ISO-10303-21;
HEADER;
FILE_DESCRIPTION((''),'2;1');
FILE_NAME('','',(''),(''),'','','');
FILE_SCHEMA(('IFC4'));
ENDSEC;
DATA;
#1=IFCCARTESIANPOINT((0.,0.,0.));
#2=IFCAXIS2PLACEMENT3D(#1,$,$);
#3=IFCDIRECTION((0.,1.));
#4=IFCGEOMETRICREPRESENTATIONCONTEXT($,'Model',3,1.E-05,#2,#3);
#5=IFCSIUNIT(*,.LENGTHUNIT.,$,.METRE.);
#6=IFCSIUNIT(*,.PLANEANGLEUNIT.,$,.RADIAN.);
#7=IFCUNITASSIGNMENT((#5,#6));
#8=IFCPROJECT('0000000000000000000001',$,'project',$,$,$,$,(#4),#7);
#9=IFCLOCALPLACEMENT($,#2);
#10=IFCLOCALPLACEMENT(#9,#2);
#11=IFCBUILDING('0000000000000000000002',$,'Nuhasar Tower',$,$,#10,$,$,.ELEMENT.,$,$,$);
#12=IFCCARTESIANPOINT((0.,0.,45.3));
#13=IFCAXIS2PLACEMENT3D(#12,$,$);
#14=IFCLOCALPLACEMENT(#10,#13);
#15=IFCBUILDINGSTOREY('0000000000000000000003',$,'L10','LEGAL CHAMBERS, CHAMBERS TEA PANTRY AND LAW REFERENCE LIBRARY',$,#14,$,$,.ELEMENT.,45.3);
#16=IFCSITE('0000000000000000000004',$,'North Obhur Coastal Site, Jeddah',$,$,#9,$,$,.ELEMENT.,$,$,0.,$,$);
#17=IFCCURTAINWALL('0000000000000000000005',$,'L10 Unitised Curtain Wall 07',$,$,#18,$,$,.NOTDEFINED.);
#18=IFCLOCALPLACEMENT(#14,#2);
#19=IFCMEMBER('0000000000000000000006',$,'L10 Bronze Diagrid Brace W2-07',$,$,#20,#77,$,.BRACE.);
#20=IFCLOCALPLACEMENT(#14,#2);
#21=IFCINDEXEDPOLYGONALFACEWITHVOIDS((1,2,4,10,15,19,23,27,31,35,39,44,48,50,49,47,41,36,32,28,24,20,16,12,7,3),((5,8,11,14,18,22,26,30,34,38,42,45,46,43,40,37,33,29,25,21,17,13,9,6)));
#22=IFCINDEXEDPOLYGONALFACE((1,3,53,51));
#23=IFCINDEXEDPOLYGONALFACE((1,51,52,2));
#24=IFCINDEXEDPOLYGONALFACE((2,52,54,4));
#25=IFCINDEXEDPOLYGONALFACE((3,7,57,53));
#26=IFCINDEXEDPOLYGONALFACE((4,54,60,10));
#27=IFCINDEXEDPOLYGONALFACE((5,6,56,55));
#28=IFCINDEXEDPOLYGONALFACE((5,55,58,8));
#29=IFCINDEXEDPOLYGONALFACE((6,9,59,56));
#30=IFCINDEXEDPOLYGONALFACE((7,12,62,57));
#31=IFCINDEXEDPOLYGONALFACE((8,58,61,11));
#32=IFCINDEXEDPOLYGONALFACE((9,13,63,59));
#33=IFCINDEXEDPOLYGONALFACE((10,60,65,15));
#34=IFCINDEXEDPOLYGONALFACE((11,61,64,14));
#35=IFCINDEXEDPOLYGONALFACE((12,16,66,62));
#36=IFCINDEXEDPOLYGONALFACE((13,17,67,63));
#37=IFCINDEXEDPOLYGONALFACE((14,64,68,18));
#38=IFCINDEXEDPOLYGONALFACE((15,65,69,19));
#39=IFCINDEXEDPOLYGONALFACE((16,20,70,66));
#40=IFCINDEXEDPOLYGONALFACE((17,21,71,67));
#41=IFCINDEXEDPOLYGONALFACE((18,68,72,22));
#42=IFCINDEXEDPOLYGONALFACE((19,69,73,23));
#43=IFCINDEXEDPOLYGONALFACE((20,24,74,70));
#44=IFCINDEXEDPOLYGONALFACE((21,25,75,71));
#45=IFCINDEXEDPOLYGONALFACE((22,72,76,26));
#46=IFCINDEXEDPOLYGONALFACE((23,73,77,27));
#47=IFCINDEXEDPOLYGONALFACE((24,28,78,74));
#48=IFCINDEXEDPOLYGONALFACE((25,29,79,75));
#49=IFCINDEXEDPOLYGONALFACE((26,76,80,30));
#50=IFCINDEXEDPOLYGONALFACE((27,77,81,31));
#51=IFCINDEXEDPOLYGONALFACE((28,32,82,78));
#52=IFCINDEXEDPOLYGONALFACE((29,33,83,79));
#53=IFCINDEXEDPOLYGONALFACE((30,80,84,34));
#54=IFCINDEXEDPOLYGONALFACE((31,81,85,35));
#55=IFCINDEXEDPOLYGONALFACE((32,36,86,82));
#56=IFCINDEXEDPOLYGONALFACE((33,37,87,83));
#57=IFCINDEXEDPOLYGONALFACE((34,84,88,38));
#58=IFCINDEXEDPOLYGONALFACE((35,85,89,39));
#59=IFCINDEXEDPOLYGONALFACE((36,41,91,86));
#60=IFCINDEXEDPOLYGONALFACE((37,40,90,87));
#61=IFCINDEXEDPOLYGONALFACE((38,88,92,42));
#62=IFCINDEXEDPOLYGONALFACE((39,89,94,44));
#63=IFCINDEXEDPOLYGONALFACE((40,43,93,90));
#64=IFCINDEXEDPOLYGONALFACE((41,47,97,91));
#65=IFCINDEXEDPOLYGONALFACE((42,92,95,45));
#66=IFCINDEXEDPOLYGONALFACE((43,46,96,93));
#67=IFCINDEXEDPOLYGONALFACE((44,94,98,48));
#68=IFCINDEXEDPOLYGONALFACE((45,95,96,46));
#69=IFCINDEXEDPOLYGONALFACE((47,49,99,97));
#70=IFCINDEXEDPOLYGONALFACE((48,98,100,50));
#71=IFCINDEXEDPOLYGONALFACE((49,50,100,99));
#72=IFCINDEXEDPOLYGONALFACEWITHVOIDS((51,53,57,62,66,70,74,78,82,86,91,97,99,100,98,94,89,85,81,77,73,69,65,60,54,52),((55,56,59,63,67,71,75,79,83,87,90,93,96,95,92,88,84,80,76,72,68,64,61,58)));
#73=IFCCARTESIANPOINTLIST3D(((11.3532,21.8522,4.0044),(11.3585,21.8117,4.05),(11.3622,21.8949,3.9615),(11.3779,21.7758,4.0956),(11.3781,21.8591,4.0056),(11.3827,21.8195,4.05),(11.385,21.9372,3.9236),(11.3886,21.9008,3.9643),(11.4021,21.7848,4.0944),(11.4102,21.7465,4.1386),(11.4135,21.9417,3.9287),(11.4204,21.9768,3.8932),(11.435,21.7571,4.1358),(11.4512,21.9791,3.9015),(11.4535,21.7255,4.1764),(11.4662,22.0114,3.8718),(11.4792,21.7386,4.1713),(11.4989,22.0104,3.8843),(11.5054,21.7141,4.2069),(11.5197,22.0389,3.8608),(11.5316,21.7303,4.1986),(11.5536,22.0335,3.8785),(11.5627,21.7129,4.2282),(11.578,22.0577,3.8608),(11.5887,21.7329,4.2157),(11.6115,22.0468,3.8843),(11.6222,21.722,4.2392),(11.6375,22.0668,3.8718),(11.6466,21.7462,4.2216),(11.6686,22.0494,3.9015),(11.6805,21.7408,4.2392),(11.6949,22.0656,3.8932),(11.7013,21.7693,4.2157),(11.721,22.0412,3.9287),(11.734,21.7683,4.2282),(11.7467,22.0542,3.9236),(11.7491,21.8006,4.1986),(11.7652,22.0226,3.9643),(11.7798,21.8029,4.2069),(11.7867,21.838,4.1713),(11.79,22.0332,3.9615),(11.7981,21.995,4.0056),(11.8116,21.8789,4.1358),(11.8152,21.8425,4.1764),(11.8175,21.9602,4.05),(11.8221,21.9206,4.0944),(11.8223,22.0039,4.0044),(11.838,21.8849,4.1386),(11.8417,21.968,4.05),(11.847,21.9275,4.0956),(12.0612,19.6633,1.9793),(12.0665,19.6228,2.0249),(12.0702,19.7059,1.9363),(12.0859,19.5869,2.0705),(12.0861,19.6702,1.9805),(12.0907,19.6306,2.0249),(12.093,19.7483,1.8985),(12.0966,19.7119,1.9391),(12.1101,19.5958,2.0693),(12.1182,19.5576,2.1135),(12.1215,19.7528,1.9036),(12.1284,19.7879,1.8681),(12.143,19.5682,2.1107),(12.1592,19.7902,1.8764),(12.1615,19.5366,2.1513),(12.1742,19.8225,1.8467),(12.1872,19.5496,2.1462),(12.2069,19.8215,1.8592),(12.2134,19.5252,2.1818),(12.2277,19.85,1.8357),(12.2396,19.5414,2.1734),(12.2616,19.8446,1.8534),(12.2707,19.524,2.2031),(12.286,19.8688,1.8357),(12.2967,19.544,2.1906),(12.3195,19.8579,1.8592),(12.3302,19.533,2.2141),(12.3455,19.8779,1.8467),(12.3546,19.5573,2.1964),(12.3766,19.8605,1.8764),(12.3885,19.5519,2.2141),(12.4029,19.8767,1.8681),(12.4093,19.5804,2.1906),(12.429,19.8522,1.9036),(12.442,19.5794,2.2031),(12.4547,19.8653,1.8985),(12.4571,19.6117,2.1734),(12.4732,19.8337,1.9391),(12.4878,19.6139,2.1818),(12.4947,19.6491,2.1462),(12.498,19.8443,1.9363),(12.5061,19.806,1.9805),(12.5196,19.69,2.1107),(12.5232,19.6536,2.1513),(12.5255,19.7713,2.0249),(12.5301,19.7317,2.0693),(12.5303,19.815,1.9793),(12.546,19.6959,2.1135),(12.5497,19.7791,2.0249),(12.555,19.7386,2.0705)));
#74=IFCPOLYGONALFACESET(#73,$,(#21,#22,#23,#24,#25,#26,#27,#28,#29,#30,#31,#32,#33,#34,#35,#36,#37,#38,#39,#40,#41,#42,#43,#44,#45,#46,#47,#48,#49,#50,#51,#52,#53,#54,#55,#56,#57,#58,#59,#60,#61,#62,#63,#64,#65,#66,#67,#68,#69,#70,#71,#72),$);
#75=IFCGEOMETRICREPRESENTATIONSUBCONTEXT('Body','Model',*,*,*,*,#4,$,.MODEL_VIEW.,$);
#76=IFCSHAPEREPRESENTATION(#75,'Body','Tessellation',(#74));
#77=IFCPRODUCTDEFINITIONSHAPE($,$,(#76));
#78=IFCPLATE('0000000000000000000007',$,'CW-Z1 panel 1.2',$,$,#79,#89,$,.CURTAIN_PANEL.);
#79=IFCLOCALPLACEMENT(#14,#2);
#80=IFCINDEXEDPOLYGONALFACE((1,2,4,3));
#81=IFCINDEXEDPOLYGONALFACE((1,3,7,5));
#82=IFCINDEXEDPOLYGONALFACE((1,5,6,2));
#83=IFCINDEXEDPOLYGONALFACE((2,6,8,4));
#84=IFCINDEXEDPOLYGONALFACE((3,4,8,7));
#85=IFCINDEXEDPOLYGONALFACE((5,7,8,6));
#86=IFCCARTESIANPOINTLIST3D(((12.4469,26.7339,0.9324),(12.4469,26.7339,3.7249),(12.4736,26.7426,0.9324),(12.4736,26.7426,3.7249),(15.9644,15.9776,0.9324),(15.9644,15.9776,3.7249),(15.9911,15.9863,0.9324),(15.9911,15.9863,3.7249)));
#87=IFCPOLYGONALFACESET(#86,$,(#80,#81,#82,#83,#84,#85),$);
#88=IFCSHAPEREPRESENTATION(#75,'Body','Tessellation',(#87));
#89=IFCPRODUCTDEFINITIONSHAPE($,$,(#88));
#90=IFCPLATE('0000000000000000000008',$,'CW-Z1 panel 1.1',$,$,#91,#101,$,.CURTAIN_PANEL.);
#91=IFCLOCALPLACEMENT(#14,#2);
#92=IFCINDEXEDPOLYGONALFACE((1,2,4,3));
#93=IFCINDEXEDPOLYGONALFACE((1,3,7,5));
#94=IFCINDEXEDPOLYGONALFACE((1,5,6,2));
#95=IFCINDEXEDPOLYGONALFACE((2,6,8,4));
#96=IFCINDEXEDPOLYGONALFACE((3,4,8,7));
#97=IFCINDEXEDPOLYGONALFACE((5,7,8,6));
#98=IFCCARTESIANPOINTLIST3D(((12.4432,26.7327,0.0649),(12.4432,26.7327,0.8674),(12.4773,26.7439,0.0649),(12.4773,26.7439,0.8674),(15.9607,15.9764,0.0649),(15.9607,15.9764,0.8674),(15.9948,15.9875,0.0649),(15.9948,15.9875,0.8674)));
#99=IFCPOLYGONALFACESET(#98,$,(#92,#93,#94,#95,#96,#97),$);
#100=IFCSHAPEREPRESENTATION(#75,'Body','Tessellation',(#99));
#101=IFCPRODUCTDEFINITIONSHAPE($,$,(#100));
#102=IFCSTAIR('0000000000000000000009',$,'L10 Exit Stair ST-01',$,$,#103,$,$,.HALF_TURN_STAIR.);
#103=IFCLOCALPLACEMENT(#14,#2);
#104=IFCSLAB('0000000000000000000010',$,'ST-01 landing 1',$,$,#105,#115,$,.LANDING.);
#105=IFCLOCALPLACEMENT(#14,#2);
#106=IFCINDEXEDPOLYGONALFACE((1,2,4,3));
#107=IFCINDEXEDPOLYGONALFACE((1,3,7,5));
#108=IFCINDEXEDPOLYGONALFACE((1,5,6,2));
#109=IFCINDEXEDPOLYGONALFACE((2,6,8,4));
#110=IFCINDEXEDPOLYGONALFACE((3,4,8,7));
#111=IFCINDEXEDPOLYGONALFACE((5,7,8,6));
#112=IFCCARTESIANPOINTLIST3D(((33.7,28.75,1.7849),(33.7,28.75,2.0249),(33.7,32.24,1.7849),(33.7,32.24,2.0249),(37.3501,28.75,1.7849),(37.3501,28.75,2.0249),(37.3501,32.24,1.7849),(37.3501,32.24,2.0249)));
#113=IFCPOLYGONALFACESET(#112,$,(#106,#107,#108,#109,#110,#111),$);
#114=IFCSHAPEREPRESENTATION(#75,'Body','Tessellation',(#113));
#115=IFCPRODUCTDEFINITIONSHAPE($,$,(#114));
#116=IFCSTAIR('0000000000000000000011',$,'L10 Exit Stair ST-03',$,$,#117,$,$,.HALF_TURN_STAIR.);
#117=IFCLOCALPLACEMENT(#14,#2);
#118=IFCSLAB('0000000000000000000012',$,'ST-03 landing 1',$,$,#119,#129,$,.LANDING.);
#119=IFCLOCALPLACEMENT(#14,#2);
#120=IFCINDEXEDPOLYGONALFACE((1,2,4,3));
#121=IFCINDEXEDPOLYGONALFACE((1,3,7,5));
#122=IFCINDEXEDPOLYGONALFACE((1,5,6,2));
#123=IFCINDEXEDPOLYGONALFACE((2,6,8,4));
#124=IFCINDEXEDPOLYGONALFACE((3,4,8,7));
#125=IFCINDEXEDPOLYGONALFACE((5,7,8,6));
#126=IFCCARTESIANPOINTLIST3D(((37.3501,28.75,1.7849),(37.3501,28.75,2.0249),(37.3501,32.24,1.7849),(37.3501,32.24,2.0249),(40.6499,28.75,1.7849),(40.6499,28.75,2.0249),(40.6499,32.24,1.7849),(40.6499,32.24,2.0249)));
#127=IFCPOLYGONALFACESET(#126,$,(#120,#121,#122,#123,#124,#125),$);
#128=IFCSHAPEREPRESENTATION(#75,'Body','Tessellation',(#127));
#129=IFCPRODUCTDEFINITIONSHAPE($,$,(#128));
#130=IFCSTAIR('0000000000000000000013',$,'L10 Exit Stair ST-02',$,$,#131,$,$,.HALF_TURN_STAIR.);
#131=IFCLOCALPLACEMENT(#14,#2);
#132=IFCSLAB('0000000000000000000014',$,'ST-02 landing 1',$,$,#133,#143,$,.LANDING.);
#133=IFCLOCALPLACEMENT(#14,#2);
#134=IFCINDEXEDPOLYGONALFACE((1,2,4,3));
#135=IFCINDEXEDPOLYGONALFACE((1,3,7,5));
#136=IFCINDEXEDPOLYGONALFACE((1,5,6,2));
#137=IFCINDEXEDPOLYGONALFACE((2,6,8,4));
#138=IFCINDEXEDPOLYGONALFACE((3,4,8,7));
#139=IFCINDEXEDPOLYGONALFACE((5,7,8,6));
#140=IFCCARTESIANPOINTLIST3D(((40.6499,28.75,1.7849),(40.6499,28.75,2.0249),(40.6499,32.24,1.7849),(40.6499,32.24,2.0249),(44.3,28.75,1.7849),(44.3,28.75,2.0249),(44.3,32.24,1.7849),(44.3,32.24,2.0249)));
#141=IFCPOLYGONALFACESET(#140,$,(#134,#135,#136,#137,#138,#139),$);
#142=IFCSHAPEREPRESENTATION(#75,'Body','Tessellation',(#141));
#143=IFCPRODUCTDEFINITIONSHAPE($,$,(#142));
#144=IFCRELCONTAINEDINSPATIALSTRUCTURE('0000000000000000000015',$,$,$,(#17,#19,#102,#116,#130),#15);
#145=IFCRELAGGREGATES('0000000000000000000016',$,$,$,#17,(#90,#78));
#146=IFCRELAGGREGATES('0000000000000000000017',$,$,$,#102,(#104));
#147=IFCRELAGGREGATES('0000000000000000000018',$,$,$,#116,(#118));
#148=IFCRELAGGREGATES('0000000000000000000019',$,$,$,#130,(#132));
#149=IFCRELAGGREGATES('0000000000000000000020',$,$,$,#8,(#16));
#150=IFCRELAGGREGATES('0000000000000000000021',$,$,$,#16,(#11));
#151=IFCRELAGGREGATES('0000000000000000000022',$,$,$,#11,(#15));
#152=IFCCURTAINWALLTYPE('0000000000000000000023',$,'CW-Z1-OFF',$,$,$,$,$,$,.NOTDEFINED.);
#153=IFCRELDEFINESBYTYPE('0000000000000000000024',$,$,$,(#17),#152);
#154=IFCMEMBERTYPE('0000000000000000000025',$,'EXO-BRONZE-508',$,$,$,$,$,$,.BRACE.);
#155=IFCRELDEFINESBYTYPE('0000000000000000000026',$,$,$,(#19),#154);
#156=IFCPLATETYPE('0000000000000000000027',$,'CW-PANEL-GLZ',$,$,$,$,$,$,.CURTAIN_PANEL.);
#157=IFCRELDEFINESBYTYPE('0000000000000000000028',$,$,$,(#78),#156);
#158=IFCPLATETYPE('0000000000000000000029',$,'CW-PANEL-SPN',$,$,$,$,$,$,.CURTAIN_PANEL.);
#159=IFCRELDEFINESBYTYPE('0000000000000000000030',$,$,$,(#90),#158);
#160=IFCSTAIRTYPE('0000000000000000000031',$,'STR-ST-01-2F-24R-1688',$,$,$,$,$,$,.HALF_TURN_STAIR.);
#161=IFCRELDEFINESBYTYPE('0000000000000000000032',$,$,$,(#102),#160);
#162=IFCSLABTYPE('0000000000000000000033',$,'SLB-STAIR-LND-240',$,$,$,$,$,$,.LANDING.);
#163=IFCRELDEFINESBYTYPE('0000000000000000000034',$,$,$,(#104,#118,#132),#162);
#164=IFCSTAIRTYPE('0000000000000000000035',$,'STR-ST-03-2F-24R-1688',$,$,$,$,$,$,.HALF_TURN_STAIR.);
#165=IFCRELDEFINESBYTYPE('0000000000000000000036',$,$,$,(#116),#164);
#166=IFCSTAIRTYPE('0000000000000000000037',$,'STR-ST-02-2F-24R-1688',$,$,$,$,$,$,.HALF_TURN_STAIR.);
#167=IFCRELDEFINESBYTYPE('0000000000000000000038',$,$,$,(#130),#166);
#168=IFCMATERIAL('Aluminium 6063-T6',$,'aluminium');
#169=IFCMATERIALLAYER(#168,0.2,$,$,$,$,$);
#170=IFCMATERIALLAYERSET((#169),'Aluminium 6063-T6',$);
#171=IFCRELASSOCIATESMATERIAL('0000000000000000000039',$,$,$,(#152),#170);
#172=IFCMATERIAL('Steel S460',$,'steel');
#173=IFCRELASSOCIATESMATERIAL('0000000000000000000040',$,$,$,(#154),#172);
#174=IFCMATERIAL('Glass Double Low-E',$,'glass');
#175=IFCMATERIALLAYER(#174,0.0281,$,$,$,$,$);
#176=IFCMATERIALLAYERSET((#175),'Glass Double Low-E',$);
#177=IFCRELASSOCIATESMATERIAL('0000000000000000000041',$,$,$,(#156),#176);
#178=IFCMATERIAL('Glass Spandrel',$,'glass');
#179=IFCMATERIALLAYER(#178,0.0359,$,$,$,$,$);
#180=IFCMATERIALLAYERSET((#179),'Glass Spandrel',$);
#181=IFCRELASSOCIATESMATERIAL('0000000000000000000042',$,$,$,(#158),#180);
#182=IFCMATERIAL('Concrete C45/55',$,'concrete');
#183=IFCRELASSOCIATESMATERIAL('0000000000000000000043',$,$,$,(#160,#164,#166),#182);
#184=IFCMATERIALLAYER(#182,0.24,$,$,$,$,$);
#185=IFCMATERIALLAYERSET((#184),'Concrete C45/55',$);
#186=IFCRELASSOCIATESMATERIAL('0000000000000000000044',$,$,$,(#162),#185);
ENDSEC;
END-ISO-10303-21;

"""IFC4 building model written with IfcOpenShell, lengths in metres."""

from ifc_helpers import new_model, si_unit, direction, frame, origin, origin_2d, place, context, subcontext, project, spatial, polyline, rectangle, hollow_circle, outline, extrude, material, layer, layer_set, material_profile, profile_set, type_object, element, aggregate, save


model = new_model("IFC4")

# Units and contexts
model_context = context("Model", 3, precision=1e-05, world=origin(), true_north=direction((0.0, 1.0)))
body_context = subcontext(model_context, "Body", "Model", "MODEL_VIEW")
ifc_project = project(units=[si_unit("LENGTHUNIT", "METRE"), si_unit("PLANEANGLEUNIT", "RADIAN")], contexts=[model_context])

# Site, building, storey
site_placement = place(None, origin())
site = spatial("IfcSite", under=ifc_project, at=site_placement, Name="North Obhur Coastal Site, Jeddah", CompositionType="ELEMENT", RefElevation=0.0)
building_placement = place(site_placement, origin())
building = spatial("IfcBuilding", under=site, at=building_placement, Name="Nuhasar Tower", CompositionType="ELEMENT")
storey_placement = place(building_placement, frame((0.0, 0.0, 45.3)))
storey = spatial("IfcBuildingStorey", under=building, at=storey_placement, Name="L10", Description="LEGAL CHAMBERS, CHAMBERS TEA PANTRY AND LAW REFERENCE LIBRARY", CompositionType="ELEMENT", Elevation=45.3)

# Curtain wall
ifc_material_1 = material(Name="Aluminium 6063-T6", Category="aluminium")
ifc_layer_1 = layer(ifc_material_1, 0.2)
ifc_layer_set_1 = layer_set([ifc_layer_1], Name="Aluminium 6063-T6")
curtain_wall_type = type_object("IfcCurtainWallType", Name="CW-Z1-OFF", PredefinedType="NOTDEFINED", material=ifc_layer_set_1)
curtain_wall_1_placement = place(storey_placement, origin())
curtain_wall_1 = element("IfcCurtainWall", 1, at=curtain_wall_1_placement, inside=storey, type_object=curtain_wall_type, Name="L10 Unitised Curtain Wall 07", PredefinedType="NOTDEFINED")

# Member
ifc_material_2 = material(Name="Steel S460", Category="steel")
ifc_material_profile_1 = material_profile(ifc_material_2, hollow_circle(Radius=0.2539, WallThickness=0.0254, at=origin_2d()), Name="HSS508X25.4")
ifc_profile_set_1 = profile_set([ifc_material_profile_1], Name="Steel S460")
member_type_1 = type_object("IfcMemberType", Name="EXO-BRONZE-508", PredefinedType="BRACE", material=ifc_profile_set_1)
member_1_placement = place(storey_placement, frame((12.3081, 19.7009, 2.0249), z_axis=(-0.231, 0.714187, 0.660739), x_axis=(-0.951468, -0.307747, 0.0)))
element("IfcMember", 2, at=member_1_placement, inside=storey, type_object=member_type_1, Name="L10 Bronze Diagrid Brace W2-07", PredefinedType="BRACE", context=body_context, shape_type="SweptSolid", body=[
    extrude(hollow_circle(Radius=0.2539, WallThickness=0.0254, at=origin_2d()), origin(), (0.0, 0.0, 1.0), 3.0649),
])

# Plates
ifc_material_3 = material(Name="Glass Double Low-E", Category="glass")
ifc_layer_2 = layer(ifc_material_3, 0.0281)
ifc_layer_set_2 = layer_set([ifc_layer_2], Name="Glass Double Low-E")
plate_type_1 = type_object("IfcPlateType", Name="CW-PANEL-GLZ", PredefinedType="CURTAIN_PANEL", material=ifc_layer_set_2)
plate_1_placement = place(storey_placement, frame((14.219, 21.3601, 0.9324), z_axis=(0.0, 0.0, 1.0), x_axis=(0.310824, -0.950468, 0.0)))
plate_1 = element("IfcPlate", 3, at=plate_1_placement, type_object=plate_type_1, Name="CW-Z1 panel 1.2", PredefinedType="CURTAIN_PANEL", context=body_context, shape_type="SweptSolid", body=[
    extrude(rectangle(XDim=11.3169, YDim=0.0281, at=origin_2d()), origin(), (0.0, 0.0, 1.0), 2.7925),
])
ifc_material_4 = material(Name="Glass Spandrel", Category="glass")
ifc_layer_3 = layer(ifc_material_4, 0.0359)
ifc_layer_set_3 = layer_set([ifc_layer_3], Name="Glass Spandrel")
plate_type_2 = type_object("IfcPlateType", Name="CW-PANEL-SPN", PredefinedType="CURTAIN_PANEL", material=ifc_layer_set_3)
plate_2_placement = place(storey_placement, frame((14.219, 21.3601, 0.0649), z_axis=(0.0, 0.0, 1.0), x_axis=(0.310824, -0.950468, 0.0)))
plate_2 = element("IfcPlate", 4, at=plate_2_placement, type_object=plate_type_2, Name="CW-Z1 panel 1.1", PredefinedType="CURTAIN_PANEL", context=body_context, shape_type="SweptSolid", body=[
    extrude(rectangle(XDim=11.3169, YDim=0.0359, at=origin_2d()), origin(), (0.0, 0.0, 1.0), 0.8025),
])
aggregate(curtain_wall_1, [plate_2, plate_1])

# Stairs, slabs
ifc_material_5 = material(Name="Concrete C45/55", Category="concrete")
stair_type_1 = type_object("IfcStairType", Name="STR-ST-01-2F-24R-1688", PredefinedType="HALF_TURN_STAIR", material=ifc_material_5)
stair_1_placement = place(storey_placement, origin())
stair_1 = element("IfcStair", 5, at=stair_1_placement, inside=storey, type_object=stair_type_1, Name="L10 Exit Stair ST-01", PredefinedType="HALF_TURN_STAIR")
ifc_layer_4 = layer(ifc_material_5, 0.24)
ifc_layer_set_4 = layer_set([ifc_layer_4], Name="Concrete C45/55")
slab_type_1 = type_object("IfcSlabType", Name="SLB-STAIR-LND-240", PredefinedType="LANDING", material=ifc_layer_set_4)
slab_1_placement = place(storey_placement, frame((0.0, 0.0, 1.7849)))
slab_1 = element("IfcSlab", 6, at=slab_1_placement, type_object=slab_type_1, Name="ST-01 landing 1", PredefinedType="LANDING", context=body_context, shape_type="SweptSolid", body=[
    extrude(outline(polyline([(33.7, 28.75), (37.3501, 28.75), (37.3501, 32.24), (33.7, 32.24), (33.7, 28.75)])), origin(), (0.0, 0.0, 1.0), 0.24),
])
aggregate(stair_1, [slab_1])
stair_type_2 = type_object("IfcStairType", Name="STR-ST-03-2F-24R-1688", PredefinedType="HALF_TURN_STAIR", material=ifc_material_5)
stair_2_placement = place(storey_placement, origin())
stair_2 = element("IfcStair", 7, at=stair_2_placement, inside=storey, type_object=stair_type_2, Name="L10 Exit Stair ST-03", PredefinedType="HALF_TURN_STAIR")
slab_2_placement = place(storey_placement, frame((0.0, 0.0, 1.7849)))
slab_2 = element("IfcSlab", 8, at=slab_2_placement, type_object=slab_type_1, Name="ST-03 landing 1", PredefinedType="LANDING", context=body_context, shape_type="SweptSolid", body=[
    extrude(outline(polyline([(37.3501, 28.75), (40.6499, 28.75), (40.6499, 32.24), (37.3501, 32.24), (37.3501, 28.75)])), origin(), (0.0, 0.0, 1.0), 0.24),
])
aggregate(stair_2, [slab_2])
stair_type_3 = type_object("IfcStairType", Name="STR-ST-02-2F-24R-1688", PredefinedType="HALF_TURN_STAIR", material=ifc_material_5)
stair_3_placement = place(storey_placement, origin())
stair_3 = element("IfcStair", 9, at=stair_3_placement, inside=storey, type_object=stair_type_3, Name="L10 Exit Stair ST-02", PredefinedType="HALF_TURN_STAIR")
slab_3_placement = place(storey_placement, frame((0.0, 0.0, 1.7849)))
slab_3 = element("IfcSlab", 10, at=slab_3_placement, type_object=slab_type_1, Name="ST-02 landing 1", PredefinedType="LANDING", context=body_context, shape_type="SweptSolid", body=[
    extrude(outline(polyline([(40.6499, 28.75), (44.3, 28.75), (44.3, 32.24), (40.6499, 32.24), (40.6499, 28.75)])), origin(), (0.0, 0.0, 1.0), 0.24),
])
aggregate(stair_3, [slab_3])

save(model, "model.ifc")
